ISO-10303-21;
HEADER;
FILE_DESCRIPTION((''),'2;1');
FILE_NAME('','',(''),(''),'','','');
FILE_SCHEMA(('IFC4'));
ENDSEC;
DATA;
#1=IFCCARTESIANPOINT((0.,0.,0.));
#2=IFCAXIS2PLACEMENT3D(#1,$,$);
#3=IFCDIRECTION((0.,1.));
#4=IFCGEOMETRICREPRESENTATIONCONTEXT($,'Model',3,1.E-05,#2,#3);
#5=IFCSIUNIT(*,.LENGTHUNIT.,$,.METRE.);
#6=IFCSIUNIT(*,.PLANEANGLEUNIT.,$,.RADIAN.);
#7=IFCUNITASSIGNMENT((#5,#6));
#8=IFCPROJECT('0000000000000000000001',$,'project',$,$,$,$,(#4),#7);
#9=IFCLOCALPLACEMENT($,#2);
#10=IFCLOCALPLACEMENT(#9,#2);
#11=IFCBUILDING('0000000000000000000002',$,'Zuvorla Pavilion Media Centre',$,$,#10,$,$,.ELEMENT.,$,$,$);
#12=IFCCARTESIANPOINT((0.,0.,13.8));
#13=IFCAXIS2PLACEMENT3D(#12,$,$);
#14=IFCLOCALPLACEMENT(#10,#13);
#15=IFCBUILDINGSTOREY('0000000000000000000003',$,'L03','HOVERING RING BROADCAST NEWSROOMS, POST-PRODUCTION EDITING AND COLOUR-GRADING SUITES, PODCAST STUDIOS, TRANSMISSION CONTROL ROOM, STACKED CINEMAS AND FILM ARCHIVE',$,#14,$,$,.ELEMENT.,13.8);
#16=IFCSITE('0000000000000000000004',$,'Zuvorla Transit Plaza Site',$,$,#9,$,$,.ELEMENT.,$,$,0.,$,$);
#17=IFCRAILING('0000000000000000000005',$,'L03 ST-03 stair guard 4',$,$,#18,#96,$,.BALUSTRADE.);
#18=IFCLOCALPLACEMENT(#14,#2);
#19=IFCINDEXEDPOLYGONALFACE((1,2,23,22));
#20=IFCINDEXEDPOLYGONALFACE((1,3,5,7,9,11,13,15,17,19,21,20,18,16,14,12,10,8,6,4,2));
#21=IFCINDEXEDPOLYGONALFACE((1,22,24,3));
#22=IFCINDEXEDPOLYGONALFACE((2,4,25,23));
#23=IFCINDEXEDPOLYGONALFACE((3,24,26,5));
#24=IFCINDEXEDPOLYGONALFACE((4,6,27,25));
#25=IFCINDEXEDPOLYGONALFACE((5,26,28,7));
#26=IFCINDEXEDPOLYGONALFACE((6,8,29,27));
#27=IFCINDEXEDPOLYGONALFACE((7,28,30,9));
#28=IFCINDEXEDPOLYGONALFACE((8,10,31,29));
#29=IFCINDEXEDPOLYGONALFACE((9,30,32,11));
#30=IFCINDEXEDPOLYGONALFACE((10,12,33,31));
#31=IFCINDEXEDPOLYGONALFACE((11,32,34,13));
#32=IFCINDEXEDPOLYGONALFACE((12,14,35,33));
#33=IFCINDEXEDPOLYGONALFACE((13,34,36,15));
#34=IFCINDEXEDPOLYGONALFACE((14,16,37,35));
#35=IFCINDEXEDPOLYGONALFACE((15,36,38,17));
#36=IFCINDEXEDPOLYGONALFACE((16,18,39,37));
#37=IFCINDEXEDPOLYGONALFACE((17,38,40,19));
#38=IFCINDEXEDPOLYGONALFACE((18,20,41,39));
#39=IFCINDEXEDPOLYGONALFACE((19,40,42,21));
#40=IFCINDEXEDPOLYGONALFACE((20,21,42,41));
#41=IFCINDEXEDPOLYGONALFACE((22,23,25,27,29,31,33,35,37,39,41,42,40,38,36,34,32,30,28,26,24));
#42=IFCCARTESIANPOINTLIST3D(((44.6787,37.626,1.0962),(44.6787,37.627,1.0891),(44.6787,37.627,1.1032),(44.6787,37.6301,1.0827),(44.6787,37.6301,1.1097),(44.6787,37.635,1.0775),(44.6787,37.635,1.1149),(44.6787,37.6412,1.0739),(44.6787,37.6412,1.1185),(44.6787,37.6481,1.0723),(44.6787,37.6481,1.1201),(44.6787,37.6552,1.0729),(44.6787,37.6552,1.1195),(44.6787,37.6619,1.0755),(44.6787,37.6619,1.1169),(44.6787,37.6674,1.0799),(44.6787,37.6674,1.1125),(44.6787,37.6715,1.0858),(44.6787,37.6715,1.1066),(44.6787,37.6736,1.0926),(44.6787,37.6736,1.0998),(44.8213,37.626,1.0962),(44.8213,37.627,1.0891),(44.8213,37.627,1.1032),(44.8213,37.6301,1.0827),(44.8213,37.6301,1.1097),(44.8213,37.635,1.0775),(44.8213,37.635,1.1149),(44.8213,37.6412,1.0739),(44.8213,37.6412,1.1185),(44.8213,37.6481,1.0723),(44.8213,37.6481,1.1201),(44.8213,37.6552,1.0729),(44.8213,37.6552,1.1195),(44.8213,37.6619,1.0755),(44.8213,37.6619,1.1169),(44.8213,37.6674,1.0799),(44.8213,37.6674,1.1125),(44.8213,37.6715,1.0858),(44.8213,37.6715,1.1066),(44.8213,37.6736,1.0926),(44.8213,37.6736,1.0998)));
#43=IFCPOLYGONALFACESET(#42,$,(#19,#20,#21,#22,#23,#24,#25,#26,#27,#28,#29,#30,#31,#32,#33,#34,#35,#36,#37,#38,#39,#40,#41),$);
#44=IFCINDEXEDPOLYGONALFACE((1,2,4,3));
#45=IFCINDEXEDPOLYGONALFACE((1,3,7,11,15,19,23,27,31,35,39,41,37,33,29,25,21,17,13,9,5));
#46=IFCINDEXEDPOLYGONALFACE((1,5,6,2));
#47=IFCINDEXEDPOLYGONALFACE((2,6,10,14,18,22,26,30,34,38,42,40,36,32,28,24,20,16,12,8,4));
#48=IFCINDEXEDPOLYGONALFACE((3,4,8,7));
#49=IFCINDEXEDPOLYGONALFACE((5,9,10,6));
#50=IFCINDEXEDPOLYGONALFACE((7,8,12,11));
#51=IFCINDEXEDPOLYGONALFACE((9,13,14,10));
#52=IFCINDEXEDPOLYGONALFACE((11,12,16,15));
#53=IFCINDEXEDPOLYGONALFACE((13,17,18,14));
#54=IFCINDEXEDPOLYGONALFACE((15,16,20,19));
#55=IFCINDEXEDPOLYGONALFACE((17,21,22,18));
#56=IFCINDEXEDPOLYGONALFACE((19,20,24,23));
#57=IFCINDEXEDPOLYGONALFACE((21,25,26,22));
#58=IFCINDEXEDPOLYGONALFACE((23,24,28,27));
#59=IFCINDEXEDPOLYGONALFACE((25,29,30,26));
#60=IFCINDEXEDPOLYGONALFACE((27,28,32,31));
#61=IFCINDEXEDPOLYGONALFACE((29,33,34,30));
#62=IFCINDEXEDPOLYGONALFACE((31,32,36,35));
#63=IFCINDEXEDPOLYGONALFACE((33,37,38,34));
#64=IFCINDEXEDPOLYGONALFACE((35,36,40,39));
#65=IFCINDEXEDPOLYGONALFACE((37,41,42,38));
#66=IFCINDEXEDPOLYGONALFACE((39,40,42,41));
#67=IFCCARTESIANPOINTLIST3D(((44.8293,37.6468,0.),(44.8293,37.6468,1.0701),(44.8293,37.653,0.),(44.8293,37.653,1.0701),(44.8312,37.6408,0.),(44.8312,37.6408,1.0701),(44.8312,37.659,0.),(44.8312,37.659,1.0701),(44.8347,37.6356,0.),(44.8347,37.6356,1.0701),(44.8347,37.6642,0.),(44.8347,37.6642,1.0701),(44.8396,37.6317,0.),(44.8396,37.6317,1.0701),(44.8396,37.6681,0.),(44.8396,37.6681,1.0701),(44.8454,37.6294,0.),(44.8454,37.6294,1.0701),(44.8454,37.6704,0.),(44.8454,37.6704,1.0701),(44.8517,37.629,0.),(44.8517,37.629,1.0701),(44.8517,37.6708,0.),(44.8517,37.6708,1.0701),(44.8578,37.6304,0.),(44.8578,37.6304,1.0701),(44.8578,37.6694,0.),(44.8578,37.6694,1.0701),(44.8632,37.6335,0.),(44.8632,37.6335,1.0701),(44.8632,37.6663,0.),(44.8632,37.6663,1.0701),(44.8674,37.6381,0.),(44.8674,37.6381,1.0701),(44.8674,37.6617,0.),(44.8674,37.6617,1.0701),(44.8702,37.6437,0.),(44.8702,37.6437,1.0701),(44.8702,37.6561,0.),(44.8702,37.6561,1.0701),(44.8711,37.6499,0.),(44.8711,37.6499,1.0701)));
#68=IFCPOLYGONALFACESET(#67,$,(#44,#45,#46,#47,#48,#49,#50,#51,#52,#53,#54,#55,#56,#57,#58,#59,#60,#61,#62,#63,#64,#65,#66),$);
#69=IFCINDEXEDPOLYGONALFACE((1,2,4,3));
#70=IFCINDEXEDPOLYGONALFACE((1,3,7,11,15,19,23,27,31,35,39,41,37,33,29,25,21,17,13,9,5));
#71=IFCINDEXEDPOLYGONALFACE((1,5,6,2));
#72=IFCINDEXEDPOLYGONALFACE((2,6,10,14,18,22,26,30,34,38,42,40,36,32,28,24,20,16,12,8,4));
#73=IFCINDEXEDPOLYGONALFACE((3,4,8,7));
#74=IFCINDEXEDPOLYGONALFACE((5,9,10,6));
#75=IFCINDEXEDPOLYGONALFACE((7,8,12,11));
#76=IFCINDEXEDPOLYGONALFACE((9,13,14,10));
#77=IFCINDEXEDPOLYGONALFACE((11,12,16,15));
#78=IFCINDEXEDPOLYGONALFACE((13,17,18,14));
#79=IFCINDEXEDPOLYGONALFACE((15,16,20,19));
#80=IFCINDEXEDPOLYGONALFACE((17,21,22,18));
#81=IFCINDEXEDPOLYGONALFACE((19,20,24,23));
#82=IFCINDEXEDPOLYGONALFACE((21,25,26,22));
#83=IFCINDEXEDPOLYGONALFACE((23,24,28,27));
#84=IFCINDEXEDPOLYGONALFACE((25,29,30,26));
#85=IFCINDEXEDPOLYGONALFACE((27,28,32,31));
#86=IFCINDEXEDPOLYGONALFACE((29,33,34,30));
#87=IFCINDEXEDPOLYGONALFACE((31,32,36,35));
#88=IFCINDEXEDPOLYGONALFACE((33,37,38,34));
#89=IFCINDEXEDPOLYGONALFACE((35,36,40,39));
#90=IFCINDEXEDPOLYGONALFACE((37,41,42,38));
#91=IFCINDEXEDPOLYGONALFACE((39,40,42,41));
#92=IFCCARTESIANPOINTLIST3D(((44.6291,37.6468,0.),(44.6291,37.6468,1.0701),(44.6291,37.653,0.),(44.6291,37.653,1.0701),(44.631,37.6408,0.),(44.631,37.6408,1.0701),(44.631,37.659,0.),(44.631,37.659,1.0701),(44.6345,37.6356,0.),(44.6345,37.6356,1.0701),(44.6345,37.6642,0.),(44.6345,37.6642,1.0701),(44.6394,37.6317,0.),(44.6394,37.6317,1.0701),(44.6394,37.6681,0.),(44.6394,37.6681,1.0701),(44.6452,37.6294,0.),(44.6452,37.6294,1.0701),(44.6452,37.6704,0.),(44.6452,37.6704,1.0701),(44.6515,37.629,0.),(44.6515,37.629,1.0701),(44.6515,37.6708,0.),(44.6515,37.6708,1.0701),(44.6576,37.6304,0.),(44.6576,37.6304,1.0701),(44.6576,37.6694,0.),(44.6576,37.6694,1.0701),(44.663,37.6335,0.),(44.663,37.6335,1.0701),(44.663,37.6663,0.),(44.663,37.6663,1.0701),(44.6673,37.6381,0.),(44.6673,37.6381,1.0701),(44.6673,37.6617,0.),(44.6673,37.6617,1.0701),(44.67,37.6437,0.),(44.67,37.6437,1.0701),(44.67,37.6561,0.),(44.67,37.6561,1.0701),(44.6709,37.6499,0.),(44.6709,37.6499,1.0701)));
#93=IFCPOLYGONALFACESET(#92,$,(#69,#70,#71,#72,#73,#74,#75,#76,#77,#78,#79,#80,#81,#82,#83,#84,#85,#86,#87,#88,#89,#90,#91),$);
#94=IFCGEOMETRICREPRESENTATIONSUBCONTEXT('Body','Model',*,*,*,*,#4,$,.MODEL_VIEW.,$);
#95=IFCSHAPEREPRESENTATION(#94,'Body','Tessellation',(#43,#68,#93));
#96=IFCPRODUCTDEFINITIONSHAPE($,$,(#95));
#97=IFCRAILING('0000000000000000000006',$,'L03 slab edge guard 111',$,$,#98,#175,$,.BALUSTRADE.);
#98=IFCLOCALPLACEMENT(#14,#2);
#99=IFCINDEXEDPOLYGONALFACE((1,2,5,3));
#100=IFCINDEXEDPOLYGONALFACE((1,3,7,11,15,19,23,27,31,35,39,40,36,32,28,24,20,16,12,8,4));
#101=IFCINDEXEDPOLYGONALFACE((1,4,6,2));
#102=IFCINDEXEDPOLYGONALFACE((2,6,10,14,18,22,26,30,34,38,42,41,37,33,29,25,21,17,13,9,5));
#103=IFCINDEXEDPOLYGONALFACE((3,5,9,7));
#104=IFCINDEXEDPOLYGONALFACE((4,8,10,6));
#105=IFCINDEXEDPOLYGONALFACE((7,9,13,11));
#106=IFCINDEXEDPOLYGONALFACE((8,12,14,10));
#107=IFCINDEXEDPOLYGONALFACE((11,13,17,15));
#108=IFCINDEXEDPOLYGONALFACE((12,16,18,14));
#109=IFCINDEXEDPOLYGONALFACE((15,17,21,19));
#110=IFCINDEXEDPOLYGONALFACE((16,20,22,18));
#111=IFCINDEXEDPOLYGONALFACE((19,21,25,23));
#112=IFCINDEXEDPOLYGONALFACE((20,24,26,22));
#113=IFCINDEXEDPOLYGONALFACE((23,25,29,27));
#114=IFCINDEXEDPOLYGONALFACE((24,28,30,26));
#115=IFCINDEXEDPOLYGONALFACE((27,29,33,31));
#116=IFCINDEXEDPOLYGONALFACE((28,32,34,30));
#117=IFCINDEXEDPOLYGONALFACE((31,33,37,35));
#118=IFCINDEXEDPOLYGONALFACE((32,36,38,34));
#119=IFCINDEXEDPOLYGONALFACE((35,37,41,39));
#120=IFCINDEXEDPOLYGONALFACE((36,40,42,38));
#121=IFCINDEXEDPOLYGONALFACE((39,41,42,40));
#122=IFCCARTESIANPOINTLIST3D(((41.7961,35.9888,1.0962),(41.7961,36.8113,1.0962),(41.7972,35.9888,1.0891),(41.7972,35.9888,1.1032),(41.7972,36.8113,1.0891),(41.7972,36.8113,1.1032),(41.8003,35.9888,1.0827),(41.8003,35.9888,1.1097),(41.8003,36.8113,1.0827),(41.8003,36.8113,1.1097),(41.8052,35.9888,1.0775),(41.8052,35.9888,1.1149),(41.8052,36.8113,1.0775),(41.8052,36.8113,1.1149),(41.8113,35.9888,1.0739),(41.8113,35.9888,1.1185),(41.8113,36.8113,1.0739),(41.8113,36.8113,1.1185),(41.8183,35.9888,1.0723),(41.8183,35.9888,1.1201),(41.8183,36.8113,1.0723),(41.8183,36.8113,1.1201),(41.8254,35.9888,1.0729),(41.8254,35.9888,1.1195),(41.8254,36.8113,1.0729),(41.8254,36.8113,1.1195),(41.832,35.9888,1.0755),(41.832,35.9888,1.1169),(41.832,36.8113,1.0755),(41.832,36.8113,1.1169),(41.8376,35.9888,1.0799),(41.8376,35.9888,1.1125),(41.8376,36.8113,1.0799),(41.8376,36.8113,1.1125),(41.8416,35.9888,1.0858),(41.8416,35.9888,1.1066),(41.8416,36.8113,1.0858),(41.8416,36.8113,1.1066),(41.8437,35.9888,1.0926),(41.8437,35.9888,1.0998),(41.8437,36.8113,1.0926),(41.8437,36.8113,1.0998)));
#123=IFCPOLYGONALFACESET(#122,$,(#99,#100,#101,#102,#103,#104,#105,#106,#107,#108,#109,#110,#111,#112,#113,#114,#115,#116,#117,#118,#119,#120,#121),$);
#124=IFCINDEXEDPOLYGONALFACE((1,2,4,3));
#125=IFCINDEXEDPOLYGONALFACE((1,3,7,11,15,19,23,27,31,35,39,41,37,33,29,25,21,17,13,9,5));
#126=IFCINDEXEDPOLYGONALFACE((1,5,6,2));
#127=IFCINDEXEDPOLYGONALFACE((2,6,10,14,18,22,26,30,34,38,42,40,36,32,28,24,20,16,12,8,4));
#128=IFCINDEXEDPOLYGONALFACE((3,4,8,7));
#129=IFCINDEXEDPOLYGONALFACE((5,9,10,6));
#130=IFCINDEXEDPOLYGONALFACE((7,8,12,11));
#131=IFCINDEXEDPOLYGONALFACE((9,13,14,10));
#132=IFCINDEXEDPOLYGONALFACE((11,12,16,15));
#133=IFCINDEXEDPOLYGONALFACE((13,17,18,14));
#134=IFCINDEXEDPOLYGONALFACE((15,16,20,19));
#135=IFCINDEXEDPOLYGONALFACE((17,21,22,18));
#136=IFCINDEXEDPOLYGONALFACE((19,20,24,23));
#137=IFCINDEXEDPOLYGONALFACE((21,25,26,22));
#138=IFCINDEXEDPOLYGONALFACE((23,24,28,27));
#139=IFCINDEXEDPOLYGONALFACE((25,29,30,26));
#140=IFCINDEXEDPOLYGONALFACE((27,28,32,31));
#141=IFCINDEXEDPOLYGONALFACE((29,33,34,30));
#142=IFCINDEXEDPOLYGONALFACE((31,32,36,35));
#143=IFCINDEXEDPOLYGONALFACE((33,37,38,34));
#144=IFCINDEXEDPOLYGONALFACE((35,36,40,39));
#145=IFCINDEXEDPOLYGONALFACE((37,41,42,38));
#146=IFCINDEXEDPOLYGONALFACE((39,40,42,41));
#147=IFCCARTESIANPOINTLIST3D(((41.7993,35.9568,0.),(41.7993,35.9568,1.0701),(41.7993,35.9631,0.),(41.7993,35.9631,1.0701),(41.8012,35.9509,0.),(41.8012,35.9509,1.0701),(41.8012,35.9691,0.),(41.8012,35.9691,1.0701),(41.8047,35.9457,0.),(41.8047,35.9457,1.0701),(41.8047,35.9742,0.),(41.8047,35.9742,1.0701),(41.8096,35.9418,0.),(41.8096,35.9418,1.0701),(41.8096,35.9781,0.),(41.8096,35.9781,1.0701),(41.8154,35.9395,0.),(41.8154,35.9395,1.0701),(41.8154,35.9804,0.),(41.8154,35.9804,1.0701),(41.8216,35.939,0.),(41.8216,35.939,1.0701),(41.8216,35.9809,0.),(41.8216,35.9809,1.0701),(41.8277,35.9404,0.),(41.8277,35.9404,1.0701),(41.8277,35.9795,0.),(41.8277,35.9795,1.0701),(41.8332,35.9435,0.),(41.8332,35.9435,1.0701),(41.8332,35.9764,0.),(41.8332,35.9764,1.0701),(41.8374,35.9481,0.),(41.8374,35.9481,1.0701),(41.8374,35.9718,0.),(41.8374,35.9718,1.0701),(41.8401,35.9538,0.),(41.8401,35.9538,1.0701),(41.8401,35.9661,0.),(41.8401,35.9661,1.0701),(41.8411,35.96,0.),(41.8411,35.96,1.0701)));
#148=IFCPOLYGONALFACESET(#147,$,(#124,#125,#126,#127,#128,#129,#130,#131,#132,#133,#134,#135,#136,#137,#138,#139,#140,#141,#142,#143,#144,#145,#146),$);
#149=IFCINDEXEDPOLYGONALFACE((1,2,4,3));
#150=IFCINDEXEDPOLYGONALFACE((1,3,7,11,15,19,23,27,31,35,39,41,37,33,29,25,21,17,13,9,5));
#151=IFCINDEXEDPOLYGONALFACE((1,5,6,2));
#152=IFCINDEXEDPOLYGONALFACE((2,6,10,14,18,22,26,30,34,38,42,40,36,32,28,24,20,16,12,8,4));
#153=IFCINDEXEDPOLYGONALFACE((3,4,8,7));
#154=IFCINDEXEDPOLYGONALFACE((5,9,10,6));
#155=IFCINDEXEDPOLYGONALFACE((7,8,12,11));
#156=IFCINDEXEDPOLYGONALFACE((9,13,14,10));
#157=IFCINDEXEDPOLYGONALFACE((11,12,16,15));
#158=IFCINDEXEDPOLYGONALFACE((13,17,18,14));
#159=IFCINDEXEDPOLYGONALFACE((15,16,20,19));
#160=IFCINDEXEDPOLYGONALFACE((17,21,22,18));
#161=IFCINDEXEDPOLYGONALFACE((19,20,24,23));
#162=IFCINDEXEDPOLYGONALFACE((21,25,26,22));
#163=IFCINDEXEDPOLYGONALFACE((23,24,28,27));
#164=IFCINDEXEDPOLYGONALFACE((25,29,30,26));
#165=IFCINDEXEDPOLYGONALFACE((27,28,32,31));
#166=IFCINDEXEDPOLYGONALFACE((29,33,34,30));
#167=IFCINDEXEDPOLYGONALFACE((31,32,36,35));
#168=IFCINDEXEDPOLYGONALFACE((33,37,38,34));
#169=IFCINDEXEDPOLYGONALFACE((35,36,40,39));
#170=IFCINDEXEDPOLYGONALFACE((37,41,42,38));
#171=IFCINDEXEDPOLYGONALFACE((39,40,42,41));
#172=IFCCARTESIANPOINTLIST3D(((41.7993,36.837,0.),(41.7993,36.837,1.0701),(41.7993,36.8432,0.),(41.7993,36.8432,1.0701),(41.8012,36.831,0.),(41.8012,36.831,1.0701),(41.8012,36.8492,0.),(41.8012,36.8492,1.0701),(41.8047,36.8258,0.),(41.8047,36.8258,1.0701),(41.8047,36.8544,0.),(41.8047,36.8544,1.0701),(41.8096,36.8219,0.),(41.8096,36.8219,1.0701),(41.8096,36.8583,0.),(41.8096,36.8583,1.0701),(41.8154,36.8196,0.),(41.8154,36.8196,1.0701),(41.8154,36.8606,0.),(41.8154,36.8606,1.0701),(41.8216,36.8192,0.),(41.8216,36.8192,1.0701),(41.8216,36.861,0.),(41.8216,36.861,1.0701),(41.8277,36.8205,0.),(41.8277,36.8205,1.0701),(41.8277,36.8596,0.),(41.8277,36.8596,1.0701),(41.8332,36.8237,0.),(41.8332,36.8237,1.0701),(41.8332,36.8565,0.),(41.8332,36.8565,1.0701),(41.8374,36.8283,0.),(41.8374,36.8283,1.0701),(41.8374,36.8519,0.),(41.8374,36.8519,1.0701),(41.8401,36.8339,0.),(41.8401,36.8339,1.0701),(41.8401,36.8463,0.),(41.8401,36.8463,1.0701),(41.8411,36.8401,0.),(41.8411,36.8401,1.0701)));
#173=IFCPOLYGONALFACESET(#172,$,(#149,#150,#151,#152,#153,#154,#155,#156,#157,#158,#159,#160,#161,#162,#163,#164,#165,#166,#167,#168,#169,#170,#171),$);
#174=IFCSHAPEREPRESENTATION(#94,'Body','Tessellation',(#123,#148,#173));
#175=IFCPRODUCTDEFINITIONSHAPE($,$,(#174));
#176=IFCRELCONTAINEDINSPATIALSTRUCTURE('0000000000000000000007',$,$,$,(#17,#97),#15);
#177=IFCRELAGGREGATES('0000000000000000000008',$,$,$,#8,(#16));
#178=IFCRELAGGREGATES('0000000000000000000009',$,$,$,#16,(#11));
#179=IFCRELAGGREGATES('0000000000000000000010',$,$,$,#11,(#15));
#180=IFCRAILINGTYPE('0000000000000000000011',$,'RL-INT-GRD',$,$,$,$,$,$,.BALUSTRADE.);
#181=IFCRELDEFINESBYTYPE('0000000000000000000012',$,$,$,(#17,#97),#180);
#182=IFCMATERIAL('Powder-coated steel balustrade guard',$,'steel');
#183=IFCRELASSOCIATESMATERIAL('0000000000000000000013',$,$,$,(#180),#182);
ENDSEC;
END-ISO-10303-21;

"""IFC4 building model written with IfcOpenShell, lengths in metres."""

from ifc_helpers import new_model, si_unit, direction, frame, origin, origin_2d, place, context, subcontext, project, spatial, circle, extrude, material, type_object, element, save


model = new_model("IFC4")

# Units and contexts
model_context = context("Model", 3, precision=1e-05, world=origin(), true_north=direction((0.0, 1.0)))
body_context = subcontext(model_context, "Body", "Model", "MODEL_VIEW")
ifc_project = project(units=[si_unit("LENGTHUNIT", "METRE"), si_unit("PLANEANGLEUNIT", "RADIAN")], contexts=[model_context])

# Site, building, storey
site_placement = place(None, origin())
site = spatial("IfcSite", under=ifc_project, at=site_placement, Name="Zuvorla Transit Plaza Site", CompositionType="ELEMENT", RefElevation=0.0)
building_placement = place(site_placement, origin())
building = spatial("IfcBuilding", under=site, at=building_placement, Name="Zuvorla Pavilion Media Centre", CompositionType="ELEMENT")
storey_placement = place(building_placement, frame((0.0, 0.0, 13.8)))
storey = spatial("IfcBuildingStorey", under=building, at=storey_placement, Name="L03", Description="HOVERING RING BROADCAST NEWSROOMS, POST-PRODUCTION EDITING AND COLOUR-GRADING SUITES, PODCAST STUDIOS, TRANSMISSION CONTROL ROOM, STACKED CINEMAS AND FILM ARCHIVE", CompositionType="ELEMENT", Elevation=13.8)

# Railings
ifc_material_1 = material(Name="Powder-coated steel balustrade guard", Category="steel")
railing_type_1 = type_object("IfcRailingType", Name="RL-INT-GRD", PredefinedType="BALUSTRADE", material=ifc_material_1)
railing_1_placement = place(storey_placement, frame((44.8501, 37.6499, 0.0)))
element("IfcRailing", 1, at=railing_1_placement, inside=storey, type_object=railing_type_1, Name="L03 ST-03 stair guard 4", PredefinedType="BALUSTRADE", context=body_context, shape_type="SweptSolid", body=[
    extrude(circle(Radius=0.0239, at=origin_2d()), frame((-0.0288, 0.0, 1.0962), z_axis=(-1.0, 0.0, 0.0), x_axis=(0.0, -1.0, 0.0)), (0.0, 0.0, 1.0), 0.1426),
    extrude(circle(Radius=0.021, at=origin_2d()), origin(), (0.0, 0.0, 1.0), 1.0701),
    extrude(circle(Radius=0.021, at=origin_2d()), frame((-0.2002, 0.0, 0.0)), (0.0, 0.0, 1.0), 1.0701),
])
railing_2_placement = place(storey_placement, frame((41.8201, 35.96, 0.0)))
element("IfcRailing", 2, at=railing_2_placement, inside=storey, type_object=railing_type_1, Name="L03 slab edge guard 111", PredefinedType="BALUSTRADE", context=body_context, shape_type="SweptSolid", body=[
    extrude(circle(Radius=0.0239, at=origin_2d()), frame((0.0, 0.0288, 1.0962), z_axis=(0.0, 1.0, 0.0), x_axis=(-1.0, 0.0, 0.0)), (0.0, 0.0, 1.0), 0.8225),
    extrude(circle(Radius=0.021, at=origin_2d()), origin(), (0.0, 0.0, 1.0), 1.0701),
    extrude(circle(Radius=0.021, at=origin_2d()), frame((0.0, 0.8801, 0.0)), (0.0, 0.0, 1.0), 1.0701),
])

save(model, "model.ifc")
